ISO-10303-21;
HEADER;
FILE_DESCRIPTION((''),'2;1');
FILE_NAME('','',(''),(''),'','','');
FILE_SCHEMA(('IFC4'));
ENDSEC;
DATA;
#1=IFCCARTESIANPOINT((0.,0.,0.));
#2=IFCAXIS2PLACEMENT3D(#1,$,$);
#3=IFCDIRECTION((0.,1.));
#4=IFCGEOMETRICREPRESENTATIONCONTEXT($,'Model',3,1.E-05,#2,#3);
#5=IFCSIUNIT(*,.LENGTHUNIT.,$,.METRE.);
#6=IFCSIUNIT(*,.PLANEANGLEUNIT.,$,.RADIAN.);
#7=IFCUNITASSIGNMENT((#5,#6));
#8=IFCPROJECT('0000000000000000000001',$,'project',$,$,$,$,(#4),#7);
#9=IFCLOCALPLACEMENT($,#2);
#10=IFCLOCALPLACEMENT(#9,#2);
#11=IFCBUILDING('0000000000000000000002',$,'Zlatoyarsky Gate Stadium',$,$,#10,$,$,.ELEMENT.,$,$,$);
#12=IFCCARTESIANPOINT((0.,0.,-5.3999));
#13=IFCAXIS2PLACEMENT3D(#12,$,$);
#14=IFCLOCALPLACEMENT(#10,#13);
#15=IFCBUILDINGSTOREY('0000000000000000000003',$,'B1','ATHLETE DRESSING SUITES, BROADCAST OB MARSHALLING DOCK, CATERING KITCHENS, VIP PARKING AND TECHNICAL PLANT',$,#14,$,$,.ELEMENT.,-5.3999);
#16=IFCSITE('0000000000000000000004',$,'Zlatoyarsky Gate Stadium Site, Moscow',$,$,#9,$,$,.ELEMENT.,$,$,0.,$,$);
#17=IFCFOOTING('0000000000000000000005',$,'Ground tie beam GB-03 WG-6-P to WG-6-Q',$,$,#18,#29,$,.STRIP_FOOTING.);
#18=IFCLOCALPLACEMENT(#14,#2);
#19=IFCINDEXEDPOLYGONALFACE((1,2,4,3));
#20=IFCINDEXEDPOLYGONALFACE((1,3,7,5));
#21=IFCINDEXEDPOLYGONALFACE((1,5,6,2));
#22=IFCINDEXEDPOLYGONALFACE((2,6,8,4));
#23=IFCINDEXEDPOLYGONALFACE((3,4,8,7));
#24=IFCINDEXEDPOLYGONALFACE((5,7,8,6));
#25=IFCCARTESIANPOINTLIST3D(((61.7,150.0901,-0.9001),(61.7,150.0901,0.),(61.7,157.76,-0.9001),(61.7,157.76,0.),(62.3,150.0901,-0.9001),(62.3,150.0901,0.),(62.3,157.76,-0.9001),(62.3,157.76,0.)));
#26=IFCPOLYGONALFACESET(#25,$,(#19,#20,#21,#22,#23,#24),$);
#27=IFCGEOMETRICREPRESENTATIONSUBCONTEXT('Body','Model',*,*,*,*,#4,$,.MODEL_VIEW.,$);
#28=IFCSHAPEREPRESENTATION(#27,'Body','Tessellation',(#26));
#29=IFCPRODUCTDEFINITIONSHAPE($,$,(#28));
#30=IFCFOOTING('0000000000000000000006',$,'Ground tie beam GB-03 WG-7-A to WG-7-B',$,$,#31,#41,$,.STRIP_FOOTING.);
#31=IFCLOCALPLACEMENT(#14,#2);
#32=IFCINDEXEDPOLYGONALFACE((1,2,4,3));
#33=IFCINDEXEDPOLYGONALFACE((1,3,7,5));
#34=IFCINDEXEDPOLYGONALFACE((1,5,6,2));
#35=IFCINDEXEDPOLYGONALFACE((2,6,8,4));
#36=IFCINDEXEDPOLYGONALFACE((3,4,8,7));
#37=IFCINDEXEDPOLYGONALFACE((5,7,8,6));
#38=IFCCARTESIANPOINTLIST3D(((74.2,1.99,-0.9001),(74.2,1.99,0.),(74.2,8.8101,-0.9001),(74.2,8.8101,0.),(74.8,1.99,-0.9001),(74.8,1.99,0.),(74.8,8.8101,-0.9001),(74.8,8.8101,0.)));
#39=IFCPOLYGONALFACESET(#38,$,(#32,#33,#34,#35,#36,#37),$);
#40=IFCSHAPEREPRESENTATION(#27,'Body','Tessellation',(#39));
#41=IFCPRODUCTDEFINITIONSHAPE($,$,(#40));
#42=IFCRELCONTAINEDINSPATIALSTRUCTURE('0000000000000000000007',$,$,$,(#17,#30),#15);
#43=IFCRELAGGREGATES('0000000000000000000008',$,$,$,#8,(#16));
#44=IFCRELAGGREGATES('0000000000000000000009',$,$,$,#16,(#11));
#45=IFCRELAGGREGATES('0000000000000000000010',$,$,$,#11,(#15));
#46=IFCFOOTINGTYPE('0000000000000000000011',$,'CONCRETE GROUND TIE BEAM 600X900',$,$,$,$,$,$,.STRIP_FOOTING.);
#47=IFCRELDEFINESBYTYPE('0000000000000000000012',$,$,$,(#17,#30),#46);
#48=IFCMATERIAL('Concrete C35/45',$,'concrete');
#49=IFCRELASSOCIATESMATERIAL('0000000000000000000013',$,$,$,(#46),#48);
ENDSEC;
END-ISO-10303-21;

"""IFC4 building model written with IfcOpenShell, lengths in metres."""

from ifc_helpers import new_model, si_unit, direction, frame, origin, origin_2d, place, context, subcontext, project, spatial, polyline, rectangle, outline, extrude, material, material_profile, profile_set, type_object, element, save


model = new_model("IFC4")

# Units and contexts
model_context = context("Model", 3, precision=1e-05, world=origin(), true_north=direction((0.0, 1.0)))
body_context = subcontext(model_context, "Body", "Model", "MODEL_VIEW")
ifc_project = project(units=[si_unit("LENGTHUNIT", "METRE"), si_unit("PLANEANGLEUNIT", "RADIAN")], contexts=[model_context])

# Site, building, storey
site_placement = place(None, origin())
site = spatial("IfcSite", under=ifc_project, at=site_placement, Name="Zlatoyarsky Gate Stadium Site, Moscow", CompositionType="ELEMENT", RefElevation=0.0)
building_placement = place(site_placement, origin())
building = spatial("IfcBuilding", under=site, at=building_placement, Name="Zlatoyarsky Gate Stadium", CompositionType="ELEMENT")
storey_placement = place(building_placement, frame((0.0, 0.0, -5.3999)))
storey = spatial("IfcBuildingStorey", under=building, at=storey_placement, Name="B1", Description="ATHLETE DRESSING SUITES, BROADCAST OB MARSHALLING DOCK, CATERING KITCHENS, VIP PARKING AND TECHNICAL PLANT", CompositionType="ELEMENT", Elevation=-5.3999)

# Footings
ifc_material = material(Name="Concrete C35/45", Category="concrete")
ifc_material_profile_1 = material_profile(ifc_material, rectangle(XDim=0.6001, YDim=0.8999, at=origin_2d()), Name="GB 600X900")
ifc_profile_set_1 = profile_set([ifc_material_profile_1], Name="Concrete C35/45")
footing_type_1 = type_object("IfcFootingType", Name="CONCRETE GROUND TIE BEAM 600X900", PredefinedType="STRIP_FOOTING", material=ifc_profile_set_1)
footing_1_placement = place(storey_placement, frame((0.0, 0.0, -0.9001)))
element("IfcFooting", 1, at=footing_1_placement, inside=storey, type_object=footing_type_1, Name="Ground tie beam GB-03 WG-6-P to WG-6-Q", PredefinedType="STRIP_FOOTING", context=body_context, shape_type="SweptSolid", body=[
    extrude(outline(polyline([(62.3, 150.0901), (62.3, 157.76), (61.7, 157.76), (61.7, 150.0901), (62.3, 150.0901)])), origin(), (0.0, 0.0, 1.0), 0.9001),
])
footing_2_placement = place(storey_placement, frame((0.0, 0.0, -0.9001)))
element("IfcFooting", 2, at=footing_2_placement, inside=storey, type_object=footing_type_1, Name="Ground tie beam GB-03 WG-7-A to WG-7-B", PredefinedType="STRIP_FOOTING", context=body_context, shape_type="SweptSolid", body=[
    extrude(outline(polyline([(74.8, 1.99), (74.8, 8.8101), (74.2, 8.8101), (74.2, 1.99), (74.8, 1.99)])), origin(), (0.0, 0.0, 1.0), 0.9001),
])

save(model, "model.ifc")
